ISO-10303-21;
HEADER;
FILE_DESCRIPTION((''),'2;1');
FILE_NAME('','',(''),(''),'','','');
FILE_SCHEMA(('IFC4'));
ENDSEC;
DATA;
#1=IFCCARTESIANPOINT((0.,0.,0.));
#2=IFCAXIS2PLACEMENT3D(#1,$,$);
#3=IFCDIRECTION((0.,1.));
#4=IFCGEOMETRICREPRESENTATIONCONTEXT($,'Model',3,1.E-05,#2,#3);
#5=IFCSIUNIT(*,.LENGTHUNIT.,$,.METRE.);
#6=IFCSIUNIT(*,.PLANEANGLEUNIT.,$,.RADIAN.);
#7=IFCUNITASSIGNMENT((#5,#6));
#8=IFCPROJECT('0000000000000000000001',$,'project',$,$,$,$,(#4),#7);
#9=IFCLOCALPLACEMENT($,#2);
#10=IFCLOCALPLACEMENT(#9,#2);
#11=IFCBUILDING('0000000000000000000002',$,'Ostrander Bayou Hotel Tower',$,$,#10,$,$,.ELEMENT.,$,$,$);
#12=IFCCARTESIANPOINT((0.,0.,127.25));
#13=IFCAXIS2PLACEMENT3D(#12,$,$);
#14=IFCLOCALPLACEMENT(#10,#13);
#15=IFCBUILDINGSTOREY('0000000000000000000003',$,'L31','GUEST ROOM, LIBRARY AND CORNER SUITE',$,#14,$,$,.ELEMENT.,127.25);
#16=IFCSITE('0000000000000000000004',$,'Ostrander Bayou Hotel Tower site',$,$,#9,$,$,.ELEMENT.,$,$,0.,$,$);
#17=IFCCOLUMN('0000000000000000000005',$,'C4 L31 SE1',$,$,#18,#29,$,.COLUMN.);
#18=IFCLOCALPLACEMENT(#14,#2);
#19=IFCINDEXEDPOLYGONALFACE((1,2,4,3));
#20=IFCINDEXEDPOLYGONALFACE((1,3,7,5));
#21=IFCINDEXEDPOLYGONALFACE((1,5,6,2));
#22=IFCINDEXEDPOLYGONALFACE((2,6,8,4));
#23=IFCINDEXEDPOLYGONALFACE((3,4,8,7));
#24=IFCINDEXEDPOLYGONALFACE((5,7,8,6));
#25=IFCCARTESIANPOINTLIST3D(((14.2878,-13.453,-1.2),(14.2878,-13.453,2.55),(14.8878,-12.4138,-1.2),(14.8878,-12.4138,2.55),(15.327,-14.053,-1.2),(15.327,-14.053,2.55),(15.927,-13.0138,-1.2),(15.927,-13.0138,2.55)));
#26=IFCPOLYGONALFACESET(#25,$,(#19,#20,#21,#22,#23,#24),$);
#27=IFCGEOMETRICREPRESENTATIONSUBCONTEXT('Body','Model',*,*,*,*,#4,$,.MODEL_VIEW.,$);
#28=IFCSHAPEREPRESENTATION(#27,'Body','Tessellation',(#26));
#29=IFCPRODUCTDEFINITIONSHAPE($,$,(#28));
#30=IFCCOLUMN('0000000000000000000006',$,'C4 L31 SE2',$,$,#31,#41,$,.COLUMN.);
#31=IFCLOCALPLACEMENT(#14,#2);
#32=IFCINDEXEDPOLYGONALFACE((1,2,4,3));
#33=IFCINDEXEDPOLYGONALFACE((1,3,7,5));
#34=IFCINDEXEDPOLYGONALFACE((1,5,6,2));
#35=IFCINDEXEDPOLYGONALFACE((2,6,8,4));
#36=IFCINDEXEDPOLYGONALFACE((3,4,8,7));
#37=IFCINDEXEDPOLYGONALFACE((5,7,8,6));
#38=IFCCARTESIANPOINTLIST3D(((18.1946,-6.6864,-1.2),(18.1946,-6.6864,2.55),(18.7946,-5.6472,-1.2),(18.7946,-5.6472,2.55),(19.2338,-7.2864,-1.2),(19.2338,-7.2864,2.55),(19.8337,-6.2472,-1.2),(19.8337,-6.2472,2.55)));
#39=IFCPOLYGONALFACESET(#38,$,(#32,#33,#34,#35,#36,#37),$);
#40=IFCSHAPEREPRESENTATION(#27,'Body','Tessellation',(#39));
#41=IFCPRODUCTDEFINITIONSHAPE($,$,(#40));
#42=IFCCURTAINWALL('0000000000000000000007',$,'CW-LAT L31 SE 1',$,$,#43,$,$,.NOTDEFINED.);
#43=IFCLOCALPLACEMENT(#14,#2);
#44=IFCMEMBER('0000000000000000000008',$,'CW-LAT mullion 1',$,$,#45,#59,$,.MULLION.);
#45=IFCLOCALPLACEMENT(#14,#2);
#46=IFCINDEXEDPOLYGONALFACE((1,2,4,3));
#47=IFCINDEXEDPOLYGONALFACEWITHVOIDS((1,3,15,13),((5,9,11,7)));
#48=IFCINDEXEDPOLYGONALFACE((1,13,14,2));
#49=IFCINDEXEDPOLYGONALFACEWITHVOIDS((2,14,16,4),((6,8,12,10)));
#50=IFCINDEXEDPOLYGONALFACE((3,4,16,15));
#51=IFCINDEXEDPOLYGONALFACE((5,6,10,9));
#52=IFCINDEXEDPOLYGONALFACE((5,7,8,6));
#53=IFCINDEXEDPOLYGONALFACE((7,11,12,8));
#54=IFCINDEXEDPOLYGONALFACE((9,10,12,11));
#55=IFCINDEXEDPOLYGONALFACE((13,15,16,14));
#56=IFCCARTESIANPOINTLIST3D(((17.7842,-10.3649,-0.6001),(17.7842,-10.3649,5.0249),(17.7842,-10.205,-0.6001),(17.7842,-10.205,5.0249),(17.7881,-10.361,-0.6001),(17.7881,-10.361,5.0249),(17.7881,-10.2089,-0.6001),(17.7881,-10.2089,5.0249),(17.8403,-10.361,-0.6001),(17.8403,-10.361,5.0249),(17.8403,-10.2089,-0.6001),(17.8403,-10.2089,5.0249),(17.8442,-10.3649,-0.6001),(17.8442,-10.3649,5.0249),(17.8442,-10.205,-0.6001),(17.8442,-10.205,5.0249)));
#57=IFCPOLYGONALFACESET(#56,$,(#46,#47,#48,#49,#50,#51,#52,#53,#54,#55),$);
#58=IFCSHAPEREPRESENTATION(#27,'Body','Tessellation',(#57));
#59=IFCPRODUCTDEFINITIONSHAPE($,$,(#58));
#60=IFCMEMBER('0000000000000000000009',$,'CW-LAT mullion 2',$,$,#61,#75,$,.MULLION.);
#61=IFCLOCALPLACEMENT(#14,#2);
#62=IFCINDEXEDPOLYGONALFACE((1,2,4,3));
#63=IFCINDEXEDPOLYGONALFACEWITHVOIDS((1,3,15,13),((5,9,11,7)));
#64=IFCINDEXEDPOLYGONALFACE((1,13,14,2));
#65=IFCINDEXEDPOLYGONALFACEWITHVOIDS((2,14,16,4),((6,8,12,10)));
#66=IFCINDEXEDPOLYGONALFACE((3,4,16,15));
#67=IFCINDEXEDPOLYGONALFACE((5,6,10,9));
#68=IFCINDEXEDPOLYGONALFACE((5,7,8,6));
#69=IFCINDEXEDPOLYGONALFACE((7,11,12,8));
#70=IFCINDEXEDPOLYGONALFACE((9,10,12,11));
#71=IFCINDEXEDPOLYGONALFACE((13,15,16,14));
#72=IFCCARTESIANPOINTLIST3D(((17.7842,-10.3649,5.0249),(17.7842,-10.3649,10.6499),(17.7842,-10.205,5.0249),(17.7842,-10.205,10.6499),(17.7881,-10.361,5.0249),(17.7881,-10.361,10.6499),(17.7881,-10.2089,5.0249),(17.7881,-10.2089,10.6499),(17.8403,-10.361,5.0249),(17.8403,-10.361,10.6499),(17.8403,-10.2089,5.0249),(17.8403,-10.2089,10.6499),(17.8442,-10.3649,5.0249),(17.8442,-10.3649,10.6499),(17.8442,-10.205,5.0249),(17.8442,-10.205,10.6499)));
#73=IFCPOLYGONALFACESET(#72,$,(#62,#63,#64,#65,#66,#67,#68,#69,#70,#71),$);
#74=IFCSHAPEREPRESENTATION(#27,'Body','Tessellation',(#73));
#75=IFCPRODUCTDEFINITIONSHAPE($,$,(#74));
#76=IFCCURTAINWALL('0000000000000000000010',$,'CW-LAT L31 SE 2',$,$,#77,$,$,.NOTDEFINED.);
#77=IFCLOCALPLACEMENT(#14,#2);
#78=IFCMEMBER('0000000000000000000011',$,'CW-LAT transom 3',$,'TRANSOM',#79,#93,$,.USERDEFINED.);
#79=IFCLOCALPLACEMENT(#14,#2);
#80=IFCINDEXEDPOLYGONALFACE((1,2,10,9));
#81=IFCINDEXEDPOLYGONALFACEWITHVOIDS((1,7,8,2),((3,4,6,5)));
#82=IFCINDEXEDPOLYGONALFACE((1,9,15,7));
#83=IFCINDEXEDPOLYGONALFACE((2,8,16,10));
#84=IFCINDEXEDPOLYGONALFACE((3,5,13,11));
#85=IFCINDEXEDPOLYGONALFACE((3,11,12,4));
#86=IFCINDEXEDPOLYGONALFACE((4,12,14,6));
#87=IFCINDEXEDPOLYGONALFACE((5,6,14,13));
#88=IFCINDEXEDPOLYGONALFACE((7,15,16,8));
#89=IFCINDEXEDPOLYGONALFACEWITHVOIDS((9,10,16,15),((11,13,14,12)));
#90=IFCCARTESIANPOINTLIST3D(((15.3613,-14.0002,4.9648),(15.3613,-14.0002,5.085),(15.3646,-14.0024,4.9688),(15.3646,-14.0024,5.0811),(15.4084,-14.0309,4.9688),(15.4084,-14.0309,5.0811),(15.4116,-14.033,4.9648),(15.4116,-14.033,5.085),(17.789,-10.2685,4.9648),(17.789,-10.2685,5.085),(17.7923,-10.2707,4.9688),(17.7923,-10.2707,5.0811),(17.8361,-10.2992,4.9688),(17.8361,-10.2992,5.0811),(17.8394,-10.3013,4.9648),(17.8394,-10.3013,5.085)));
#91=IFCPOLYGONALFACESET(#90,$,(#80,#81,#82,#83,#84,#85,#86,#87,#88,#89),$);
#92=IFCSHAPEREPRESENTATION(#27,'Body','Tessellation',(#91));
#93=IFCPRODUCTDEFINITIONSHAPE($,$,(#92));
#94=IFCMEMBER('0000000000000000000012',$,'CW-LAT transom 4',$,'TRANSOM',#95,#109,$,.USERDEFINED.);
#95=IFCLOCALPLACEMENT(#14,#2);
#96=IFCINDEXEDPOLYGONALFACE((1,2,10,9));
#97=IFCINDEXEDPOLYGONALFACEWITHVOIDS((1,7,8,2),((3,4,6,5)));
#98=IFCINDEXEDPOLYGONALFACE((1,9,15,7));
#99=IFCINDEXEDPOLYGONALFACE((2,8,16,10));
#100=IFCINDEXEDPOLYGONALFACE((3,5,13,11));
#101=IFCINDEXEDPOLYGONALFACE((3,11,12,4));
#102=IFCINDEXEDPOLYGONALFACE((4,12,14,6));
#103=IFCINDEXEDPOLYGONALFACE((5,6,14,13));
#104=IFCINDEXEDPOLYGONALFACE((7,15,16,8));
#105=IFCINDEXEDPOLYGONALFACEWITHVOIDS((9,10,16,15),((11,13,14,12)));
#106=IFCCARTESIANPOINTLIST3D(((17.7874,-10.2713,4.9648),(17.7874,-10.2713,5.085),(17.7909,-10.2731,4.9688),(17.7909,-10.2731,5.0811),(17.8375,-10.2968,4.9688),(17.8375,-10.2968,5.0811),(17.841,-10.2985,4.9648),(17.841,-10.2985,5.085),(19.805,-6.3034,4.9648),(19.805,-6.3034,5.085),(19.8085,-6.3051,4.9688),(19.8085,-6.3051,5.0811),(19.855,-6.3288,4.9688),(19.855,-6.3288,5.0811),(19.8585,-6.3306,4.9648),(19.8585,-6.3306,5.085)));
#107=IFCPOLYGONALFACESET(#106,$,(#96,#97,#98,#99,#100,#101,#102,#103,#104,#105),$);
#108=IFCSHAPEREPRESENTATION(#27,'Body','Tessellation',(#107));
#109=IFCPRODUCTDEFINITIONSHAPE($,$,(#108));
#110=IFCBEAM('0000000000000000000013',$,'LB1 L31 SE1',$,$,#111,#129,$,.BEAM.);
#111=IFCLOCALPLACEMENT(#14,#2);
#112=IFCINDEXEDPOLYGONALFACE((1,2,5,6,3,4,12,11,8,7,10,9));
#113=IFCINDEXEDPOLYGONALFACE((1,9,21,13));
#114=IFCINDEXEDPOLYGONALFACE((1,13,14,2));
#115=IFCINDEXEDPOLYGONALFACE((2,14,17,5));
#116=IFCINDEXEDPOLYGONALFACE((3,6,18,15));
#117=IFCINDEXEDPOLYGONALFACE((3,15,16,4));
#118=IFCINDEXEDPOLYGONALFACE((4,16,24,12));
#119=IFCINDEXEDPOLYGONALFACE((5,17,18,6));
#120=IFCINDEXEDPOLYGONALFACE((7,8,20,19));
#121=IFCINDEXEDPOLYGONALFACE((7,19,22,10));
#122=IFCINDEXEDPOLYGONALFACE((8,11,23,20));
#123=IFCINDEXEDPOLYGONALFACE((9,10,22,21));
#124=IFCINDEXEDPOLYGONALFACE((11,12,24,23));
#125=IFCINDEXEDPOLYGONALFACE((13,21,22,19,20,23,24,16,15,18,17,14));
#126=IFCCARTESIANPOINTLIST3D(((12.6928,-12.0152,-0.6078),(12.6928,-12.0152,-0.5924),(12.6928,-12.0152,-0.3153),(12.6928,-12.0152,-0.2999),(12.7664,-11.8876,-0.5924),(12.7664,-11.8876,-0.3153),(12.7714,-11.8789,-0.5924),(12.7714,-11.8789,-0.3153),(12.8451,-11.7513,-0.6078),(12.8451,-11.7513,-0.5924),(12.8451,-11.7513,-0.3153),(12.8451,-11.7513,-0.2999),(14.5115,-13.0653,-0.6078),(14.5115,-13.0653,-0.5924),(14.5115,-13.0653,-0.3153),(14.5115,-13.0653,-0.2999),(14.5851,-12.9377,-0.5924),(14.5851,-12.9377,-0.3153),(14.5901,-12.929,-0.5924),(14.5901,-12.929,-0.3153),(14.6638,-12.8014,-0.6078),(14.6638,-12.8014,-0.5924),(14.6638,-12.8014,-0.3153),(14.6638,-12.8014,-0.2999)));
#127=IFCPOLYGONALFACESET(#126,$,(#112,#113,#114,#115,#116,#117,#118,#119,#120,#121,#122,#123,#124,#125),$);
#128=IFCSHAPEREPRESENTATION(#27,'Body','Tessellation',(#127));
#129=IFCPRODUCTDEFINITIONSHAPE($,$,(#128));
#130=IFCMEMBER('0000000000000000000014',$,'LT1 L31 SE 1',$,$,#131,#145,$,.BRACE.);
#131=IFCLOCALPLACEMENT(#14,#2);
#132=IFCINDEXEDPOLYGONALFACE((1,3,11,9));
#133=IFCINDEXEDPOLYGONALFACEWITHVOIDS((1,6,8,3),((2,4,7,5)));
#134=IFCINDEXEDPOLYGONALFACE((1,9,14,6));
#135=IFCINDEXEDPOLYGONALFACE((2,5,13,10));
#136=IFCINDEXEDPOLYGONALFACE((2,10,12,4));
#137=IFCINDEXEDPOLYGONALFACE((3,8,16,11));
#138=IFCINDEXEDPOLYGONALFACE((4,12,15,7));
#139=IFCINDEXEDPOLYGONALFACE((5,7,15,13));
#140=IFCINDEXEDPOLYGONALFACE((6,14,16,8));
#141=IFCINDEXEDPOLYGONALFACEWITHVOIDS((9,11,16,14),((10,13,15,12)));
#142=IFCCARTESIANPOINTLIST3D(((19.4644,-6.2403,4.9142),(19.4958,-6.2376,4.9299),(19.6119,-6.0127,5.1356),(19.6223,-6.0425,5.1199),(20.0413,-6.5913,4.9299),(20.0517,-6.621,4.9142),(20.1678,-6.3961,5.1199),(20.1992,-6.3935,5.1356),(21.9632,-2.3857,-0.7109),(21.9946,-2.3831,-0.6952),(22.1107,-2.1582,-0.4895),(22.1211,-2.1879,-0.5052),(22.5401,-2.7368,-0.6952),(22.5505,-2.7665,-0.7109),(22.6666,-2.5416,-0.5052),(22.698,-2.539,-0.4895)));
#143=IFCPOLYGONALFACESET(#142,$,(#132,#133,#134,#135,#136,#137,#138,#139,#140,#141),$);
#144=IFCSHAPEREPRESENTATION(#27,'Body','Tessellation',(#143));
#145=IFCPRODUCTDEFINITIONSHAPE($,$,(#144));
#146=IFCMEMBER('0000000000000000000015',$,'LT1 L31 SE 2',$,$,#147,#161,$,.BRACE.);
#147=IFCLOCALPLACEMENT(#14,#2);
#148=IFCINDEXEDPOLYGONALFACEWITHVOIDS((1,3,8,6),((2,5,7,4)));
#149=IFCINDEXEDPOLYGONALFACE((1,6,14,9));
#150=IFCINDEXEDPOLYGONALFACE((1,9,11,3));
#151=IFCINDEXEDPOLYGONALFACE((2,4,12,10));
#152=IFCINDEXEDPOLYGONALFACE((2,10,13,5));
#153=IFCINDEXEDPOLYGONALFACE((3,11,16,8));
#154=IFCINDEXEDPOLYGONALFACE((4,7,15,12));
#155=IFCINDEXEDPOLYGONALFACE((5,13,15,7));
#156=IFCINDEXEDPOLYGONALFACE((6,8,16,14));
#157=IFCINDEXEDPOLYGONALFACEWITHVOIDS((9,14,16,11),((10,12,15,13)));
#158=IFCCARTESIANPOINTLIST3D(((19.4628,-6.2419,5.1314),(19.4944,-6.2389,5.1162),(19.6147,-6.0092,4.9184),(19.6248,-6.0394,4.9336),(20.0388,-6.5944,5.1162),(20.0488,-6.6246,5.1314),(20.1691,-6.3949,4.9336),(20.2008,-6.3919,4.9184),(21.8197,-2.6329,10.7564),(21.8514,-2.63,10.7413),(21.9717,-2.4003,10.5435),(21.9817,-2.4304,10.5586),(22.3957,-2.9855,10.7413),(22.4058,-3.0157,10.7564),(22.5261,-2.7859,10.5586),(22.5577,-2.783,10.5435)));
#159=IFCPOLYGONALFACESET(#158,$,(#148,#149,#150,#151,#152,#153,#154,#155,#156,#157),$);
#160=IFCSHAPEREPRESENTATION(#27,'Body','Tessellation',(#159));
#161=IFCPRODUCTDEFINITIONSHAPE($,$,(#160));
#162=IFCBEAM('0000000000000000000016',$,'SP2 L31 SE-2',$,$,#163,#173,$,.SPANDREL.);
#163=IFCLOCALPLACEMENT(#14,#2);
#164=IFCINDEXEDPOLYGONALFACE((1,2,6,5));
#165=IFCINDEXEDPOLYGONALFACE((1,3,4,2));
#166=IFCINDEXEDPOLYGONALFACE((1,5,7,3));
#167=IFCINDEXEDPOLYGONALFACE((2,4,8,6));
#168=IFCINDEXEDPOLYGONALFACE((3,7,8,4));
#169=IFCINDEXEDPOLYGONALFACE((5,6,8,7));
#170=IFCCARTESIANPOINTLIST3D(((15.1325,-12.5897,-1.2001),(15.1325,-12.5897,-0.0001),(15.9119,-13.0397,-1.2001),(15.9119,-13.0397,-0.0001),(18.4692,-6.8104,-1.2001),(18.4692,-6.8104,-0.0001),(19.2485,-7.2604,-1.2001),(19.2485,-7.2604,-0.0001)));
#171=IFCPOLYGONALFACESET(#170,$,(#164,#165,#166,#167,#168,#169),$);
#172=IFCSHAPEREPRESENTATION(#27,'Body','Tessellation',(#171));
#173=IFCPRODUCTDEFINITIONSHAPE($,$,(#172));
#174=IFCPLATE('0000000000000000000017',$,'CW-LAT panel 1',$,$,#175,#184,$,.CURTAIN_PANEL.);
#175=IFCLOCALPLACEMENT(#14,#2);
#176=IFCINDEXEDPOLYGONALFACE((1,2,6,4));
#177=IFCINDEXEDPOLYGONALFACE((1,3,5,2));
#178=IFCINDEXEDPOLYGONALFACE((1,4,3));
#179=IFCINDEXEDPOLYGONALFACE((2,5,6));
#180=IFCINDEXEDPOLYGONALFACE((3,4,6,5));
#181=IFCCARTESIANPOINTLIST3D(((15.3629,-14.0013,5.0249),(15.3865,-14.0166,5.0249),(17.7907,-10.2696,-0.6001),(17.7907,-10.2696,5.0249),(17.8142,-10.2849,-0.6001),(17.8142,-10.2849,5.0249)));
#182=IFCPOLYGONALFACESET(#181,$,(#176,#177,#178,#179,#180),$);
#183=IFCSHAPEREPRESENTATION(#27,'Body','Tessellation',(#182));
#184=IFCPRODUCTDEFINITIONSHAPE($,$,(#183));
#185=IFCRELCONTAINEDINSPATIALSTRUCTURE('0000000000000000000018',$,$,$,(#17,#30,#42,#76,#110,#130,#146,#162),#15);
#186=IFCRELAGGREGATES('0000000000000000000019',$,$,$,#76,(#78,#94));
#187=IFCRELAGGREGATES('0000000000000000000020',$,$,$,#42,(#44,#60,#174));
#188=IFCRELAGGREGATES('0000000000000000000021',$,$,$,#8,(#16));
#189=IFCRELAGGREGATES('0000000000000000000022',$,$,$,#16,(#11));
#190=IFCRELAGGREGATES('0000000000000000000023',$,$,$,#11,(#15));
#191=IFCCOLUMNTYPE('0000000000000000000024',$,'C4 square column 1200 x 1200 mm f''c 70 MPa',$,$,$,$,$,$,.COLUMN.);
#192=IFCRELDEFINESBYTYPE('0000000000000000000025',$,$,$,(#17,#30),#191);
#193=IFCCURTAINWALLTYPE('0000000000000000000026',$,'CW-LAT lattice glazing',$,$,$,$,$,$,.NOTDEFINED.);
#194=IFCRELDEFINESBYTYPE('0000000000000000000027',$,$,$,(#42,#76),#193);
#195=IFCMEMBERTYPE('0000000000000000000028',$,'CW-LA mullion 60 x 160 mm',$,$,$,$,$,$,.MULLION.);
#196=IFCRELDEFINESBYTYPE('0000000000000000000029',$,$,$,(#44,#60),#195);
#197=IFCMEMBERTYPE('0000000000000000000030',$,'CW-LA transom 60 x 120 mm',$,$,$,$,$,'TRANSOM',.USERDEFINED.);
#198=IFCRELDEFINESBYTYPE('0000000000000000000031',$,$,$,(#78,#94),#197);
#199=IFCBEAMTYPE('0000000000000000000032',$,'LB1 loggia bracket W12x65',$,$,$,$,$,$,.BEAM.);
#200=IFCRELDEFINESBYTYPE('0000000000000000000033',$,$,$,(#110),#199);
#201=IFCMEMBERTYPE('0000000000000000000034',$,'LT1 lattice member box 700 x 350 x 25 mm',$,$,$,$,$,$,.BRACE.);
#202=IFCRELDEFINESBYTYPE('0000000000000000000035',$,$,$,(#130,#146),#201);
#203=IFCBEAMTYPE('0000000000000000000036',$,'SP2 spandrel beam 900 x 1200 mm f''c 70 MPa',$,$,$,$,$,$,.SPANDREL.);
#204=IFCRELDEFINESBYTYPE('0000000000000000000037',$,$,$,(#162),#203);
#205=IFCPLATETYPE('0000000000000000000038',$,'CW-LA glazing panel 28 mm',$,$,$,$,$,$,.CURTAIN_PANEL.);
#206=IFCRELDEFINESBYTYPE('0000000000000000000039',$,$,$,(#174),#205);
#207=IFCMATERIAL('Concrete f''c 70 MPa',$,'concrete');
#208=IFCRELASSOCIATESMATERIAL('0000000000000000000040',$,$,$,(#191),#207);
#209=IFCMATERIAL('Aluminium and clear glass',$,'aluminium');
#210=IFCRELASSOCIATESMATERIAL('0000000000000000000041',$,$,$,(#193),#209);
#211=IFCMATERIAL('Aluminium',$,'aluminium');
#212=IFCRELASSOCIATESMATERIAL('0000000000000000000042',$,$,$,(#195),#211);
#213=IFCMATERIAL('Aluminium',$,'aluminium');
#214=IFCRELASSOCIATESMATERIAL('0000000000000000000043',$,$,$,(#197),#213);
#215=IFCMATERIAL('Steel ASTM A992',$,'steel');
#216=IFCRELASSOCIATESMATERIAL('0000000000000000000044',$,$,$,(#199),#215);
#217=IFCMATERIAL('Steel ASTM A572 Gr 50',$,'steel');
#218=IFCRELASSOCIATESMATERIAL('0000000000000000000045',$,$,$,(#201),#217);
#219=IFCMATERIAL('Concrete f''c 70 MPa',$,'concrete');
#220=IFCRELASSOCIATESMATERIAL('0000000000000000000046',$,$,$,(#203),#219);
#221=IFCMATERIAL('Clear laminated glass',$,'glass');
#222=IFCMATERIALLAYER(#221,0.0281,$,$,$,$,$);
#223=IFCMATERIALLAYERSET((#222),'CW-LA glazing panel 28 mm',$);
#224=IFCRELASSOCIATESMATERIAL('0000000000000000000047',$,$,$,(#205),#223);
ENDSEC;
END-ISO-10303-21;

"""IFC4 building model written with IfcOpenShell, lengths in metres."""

from ifc_helpers import new_model, si_unit, direction, frame, origin, origin_2d, place, context, subcontext, project, spatial, polyline, rectangle, hollow_rectangle, i_section, outline, extrude, material, layer, layer_set, material_profile, profile_set, type_object, element, aggregate, save


model = new_model("IFC4")

# Units and contexts
model_context = context("Model", 3, precision=1e-05, world=origin(), true_north=direction((0.0, 1.0)))
body_context = subcontext(model_context, "Body", "Model", "MODEL_VIEW")
ifc_project = project(units=[si_unit("LENGTHUNIT", "METRE"), si_unit("PLANEANGLEUNIT", "RADIAN")], contexts=[model_context])

# Site, building, storey
site_placement = place(None, origin())
site = spatial("IfcSite", under=ifc_project, at=site_placement, Name="Ostrander Bayou Hotel Tower site", CompositionType="ELEMENT", RefElevation=0.0)
building_placement = place(site_placement, origin())
building = spatial("IfcBuilding", under=site, at=building_placement, Name="Ostrander Bayou Hotel Tower", CompositionType="ELEMENT")
storey_placement = place(building_placement, frame((0.0, 0.0, 127.25)))
storey = spatial("IfcBuildingStorey", under=building, at=storey_placement, Name="L31", Description="GUEST ROOM, LIBRARY AND CORNER SUITE", CompositionType="ELEMENT", Elevation=127.25)

# Columns
ifc_material_1 = material(Name="Concrete f'c 70 MPa", Category="concrete")
ifc_material_profile_1 = material_profile(ifc_material_1, rectangle(XDim=1.2, YDim=1.2, at=origin_2d()))
ifc_profile_set_1 = profile_set([ifc_material_profile_1], Name="Concrete f'c 70 MPa")
column_type = type_object("IfcColumnType", Name="C4 square column 1200 x 1200 mm f'c 70 MPa", PredefinedType="COLUMN", material=ifc_profile_set_1)
for number, where, z_axis, x_axis, name in (
    (1, (15.1074, -13.2334, -1.2), (0.0, 0.0, 1.0), (-0.5, -0.866025, 0.0), "C4 L31 SE1"),
    (2, (19.0142, -6.4668, -1.2), (0.0, 0.0, 1.0), (-0.5, -0.866025, 0.0), "C4 L31 SE2"),
):
    element("IfcColumn", number, at=place(storey_placement, frame(where, z_axis=z_axis, x_axis=x_axis)), inside=storey, type_object=column_type, Name=name, PredefinedType="COLUMN", context=body_context, shape_type="SweptSolid", body=[
        extrude(rectangle(XDim=1.2, YDim=1.2, at=origin_2d()), origin(), (0.0, 0.0, 1.0), 3.75),
    ])

# Curtain walls, members
ifc_material_2 = material(Name="Aluminium and clear glass", Category="aluminium")
curtain_wall_type = type_object("IfcCurtainWallType", Name="CW-LAT lattice glazing", PredefinedType="NOTDEFINED", material=ifc_material_2)
curtain_wall_1_placement = place(storey_placement, origin())
curtain_wall_1 = element("IfcCurtainWall", 3, at=curtain_wall_1_placement, inside=storey, type_object=curtain_wall_type, Name="CW-LAT L31 SE 1", PredefinedType="NOTDEFINED")
ifc_material_3 = material(Name="Aluminium", Category="aluminium")
ifc_material_profile_2 = material_profile(ifc_material_3, hollow_rectangle(XDim=0.0601, YDim=0.1599, WallThickness=0.0039, at=origin_2d()))
ifc_profile_set_2 = profile_set([ifc_material_profile_2], Name="Aluminium")
member_type_1 = type_object("IfcMemberType", Name="CW-LA mullion 60 x 160 mm", PredefinedType="MULLION", material=ifc_profile_set_2)
member_1_placement = place(storey_placement, frame((17.8142, -10.2849, -0.6001), z_axis=(0.0, 0.0, 1.0), x_axis=(1.0, 0.0, 0.0)))
member_1 = element("IfcMember", 4, at=member_1_placement, type_object=member_type_1, Name="CW-LAT mullion 1", PredefinedType="MULLION", context=body_context, shape_type="SweptSolid", body=[
    extrude(hollow_rectangle(XDim=0.0601, YDim=0.1599, WallThickness=0.0039, at=origin_2d()), origin(), (0.0, 0.0, 1.0), 5.625),
])
member_2_placement = place(storey_placement, frame((17.8142, -10.2849, 5.0249), z_axis=(0.0, 0.0, 1.0), x_axis=(1.0, 0.0, 0.0)))
member_2 = element("IfcMember", 5, at=member_2_placement, type_object=member_type_1, Name="CW-LAT mullion 2", PredefinedType="MULLION", context=body_context, shape_type="SweptSolid", body=[
    extrude(hollow_rectangle(XDim=0.0601, YDim=0.1599, WallThickness=0.0039, at=origin_2d()), origin(), (0.0, 0.0, 1.0), 5.625),
])
curtain_wall_2_placement = place(storey_placement, origin())
curtain_wall_2 = element("IfcCurtainWall", 6, at=curtain_wall_2_placement, inside=storey, type_object=curtain_wall_type, Name="CW-LAT L31 SE 2", PredefinedType="NOTDEFINED")
ifc_material_4 = material(Name="Aluminium", Category="aluminium")
ifc_material_profile_3 = material_profile(ifc_material_4, hollow_rectangle(XDim=0.0601, YDim=0.1201, WallThickness=0.0039, at=origin_2d()))
ifc_profile_set_3 = profile_set([ifc_material_profile_3], Name="Aluminium")
member_type_2 = type_object("IfcMemberType", Name="CW-LA transom 60 x 120 mm", ElementType="TRANSOM", PredefinedType="USERDEFINED", material=ifc_profile_set_3)
member_3_placement = place(storey_placement, frame((17.8142, -10.2849, 5.0249), z_axis=(-0.545326, -0.838224, 0.0), x_axis=(0.838224, -0.545326, 0.0)))
member_3 = element("IfcMember", 7, at=member_3_placement, type_object=member_type_2, Name="CW-LAT transom 3", ObjectType="TRANSOM", PredefinedType="USERDEFINED", context=body_context, shape_type="SweptSolid", body=[
    extrude(hollow_rectangle(XDim=0.0601, YDim=0.1201, WallThickness=0.0039, at=origin_2d()), origin(), (0.0, 0.0, 1.0), 4.4519),
])
member_4_placement = place(storey_placement, frame((17.8142, -10.2849, 5.0249), z_axis=(0.453236, 0.89139, 0.0), x_axis=(-0.89139, 0.453236, 0.0)))
member_4 = element("IfcMember", 8, at=member_4_placement, type_object=member_type_2, Name="CW-LAT transom 4", ObjectType="TRANSOM", PredefinedType="USERDEFINED", context=body_context, shape_type="SweptSolid", body=[
    extrude(hollow_rectangle(XDim=0.0601, YDim=0.1201, WallThickness=0.0039, at=origin_2d()), origin(), (0.0, 0.0, 1.0), 4.4514),
])

# Beam
ifc_material_5 = material(Name="Steel ASTM A992", Category="steel")
ifc_material_profile_4 = material_profile(ifc_material_5, i_section(OverallWidth=0.3047, OverallDepth=0.3079, WebThickness=0.01, FlangeThickness=0.0154, at=origin_2d()))
ifc_profile_set_4 = profile_set([ifc_material_profile_4], Name="Steel ASTM A992")
beam_type_1 = type_object("IfcBeamType", Name="LB1 loggia bracket W12x65", PredefinedType="BEAM", material=ifc_profile_set_4)
beam_1_placement = place(storey_placement, frame((14.5876, -12.9333, -0.4539), z_axis=(-0.866009, 0.500028, 0.0), x_axis=(-0.500028, -0.866009, 0.0)))
element("IfcBeam", 9, at=beam_1_placement, inside=storey, type_object=beam_type_1, Name="LB1 L31 SE1", PredefinedType="BEAM", context=body_context, shape_type="SweptSolid", body=[
    extrude(i_section(OverallWidth=0.3047, OverallDepth=0.3079, WebThickness=0.01, FlangeThickness=0.0154, at=origin_2d()), origin(), (0.0, 0.0, 1.0), 2.1001),
])

# Members
ifc_material_6 = material(Name="Steel ASTM A572 Gr 50", Category="steel")
ifc_material_profile_5 = material_profile(ifc_material_6, hollow_rectangle(XDim=0.7, YDim=0.3501, WallThickness=0.0249, at=origin_2d()))
ifc_profile_set_5 = profile_set([ifc_material_profile_5], Name="Steel ASTM A572 Gr 50")
member_type_3 = type_object("IfcMemberType", Name="LT1 lattice member box 700 x 350 x 25 mm", PredefinedType="BRACE", material=ifc_profile_set_5)
member_5_placement = place(storey_placement, frame((19.8318, -6.3169, 5.0249), z_axis=(0.344073, 0.53075, -0.774543), x_axis=(-0.839104, 0.543972, 0.0)))
element("IfcMember", 10, at=member_5_placement, inside=storey, type_object=member_type_3, Name="LT1 L31 SE 1", PredefinedType="BRACE", context=body_context, shape_type="SweptSolid", body=[
    extrude(hollow_rectangle(XDim=0.7, YDim=0.3501, WallThickness=0.0249, at=origin_2d()), origin(), (0.0, 0.0, 1.0), 7.2625),
])
member_6_placement = place(storey_placement, frame((19.8318, -6.3169, 5.0249), z_axis=(0.33259, 0.509255, 0.793752), x_axis=(-0.837259, 0.546807, 0.0)))
element("IfcMember", 11, at=member_6_placement, inside=storey, type_object=member_type_3, Name="LT1 L31 SE 2", PredefinedType="BRACE", context=body_context, shape_type="SweptSolid", body=[
    extrude(hollow_rectangle(XDim=0.7, YDim=0.3501, WallThickness=0.0249, at=origin_2d()), origin(), (0.0, 0.0, 1.0), 7.0867),
])

# Beam
ifc_material_7 = material(Name="Concrete f'c 70 MPa", Category="concrete")
ifc_material_profile_6 = material_profile(ifc_material_7, rectangle(XDim=0.8999, YDim=1.2, at=origin_2d()))
ifc_profile_set_6 = profile_set([ifc_material_profile_6], Name="Concrete f'c 70 MPa")
beam_type_2 = type_object("IfcBeamType", Name="SP2 spandrel beam 900 x 1200 mm f'c 70 MPa", PredefinedType="SPANDREL", material=ifc_profile_set_6)
beam_2_placement = place(storey_placement, frame((15.5222, -12.8147, -0.6001), z_axis=(0.499999, 0.866026, 0.0), x_axis=(-0.866026, 0.499999, 0.0)))
element("IfcBeam", 12, at=beam_2_placement, inside=storey, type_object=beam_type_2, Name="SP2 L31 SE-2", PredefinedType="SPANDREL", context=body_context, shape_type="SweptSolid", body=[
    extrude(rectangle(XDim=0.8999, YDim=1.2, at=origin_2d()), origin(), (0.0, 0.0, 1.0), 6.6733),
])

# Plate
ifc_material_8 = material(Name="Clear laminated glass", Category="glass")
ifc_layer_1 = layer(ifc_material_8, 0.0281)
ifc_layer_set_1 = layer_set([ifc_layer_1], Name="CW-LA glazing panel 28 mm")
plate_type = type_object("IfcPlateType", Name="CW-LA glazing panel 28 mm", PredefinedType="CURTAIN_PANEL", material=ifc_layer_set_1)
plate_1_placement = place(storey_placement, frame((15.3865, -14.0166, 5.0249), z_axis=(0.838224, -0.545326, 0.0), x_axis=(0.338428, 0.5202, -0.784129)))
plate_1 = element("IfcPlate", 13, at=plate_1_placement, type_object=plate_type, Name="CW-LAT panel 1", PredefinedType="CURTAIN_PANEL", context=body_context, shape_type="SweptSolid", body=[
    extrude(outline(polyline([(0.0, 0.0), (7.1736, 0.0), (2.7628, 3.4909), (0.0, 0.0)])), origin(), (0.0, 0.0, -1.0), 0.0281),
])
aggregate(curtain_wall_2, [member_3, member_4])

aggregate(curtain_wall_1, [member_1, member_2, plate_1])

save(model, "model.ifc")
